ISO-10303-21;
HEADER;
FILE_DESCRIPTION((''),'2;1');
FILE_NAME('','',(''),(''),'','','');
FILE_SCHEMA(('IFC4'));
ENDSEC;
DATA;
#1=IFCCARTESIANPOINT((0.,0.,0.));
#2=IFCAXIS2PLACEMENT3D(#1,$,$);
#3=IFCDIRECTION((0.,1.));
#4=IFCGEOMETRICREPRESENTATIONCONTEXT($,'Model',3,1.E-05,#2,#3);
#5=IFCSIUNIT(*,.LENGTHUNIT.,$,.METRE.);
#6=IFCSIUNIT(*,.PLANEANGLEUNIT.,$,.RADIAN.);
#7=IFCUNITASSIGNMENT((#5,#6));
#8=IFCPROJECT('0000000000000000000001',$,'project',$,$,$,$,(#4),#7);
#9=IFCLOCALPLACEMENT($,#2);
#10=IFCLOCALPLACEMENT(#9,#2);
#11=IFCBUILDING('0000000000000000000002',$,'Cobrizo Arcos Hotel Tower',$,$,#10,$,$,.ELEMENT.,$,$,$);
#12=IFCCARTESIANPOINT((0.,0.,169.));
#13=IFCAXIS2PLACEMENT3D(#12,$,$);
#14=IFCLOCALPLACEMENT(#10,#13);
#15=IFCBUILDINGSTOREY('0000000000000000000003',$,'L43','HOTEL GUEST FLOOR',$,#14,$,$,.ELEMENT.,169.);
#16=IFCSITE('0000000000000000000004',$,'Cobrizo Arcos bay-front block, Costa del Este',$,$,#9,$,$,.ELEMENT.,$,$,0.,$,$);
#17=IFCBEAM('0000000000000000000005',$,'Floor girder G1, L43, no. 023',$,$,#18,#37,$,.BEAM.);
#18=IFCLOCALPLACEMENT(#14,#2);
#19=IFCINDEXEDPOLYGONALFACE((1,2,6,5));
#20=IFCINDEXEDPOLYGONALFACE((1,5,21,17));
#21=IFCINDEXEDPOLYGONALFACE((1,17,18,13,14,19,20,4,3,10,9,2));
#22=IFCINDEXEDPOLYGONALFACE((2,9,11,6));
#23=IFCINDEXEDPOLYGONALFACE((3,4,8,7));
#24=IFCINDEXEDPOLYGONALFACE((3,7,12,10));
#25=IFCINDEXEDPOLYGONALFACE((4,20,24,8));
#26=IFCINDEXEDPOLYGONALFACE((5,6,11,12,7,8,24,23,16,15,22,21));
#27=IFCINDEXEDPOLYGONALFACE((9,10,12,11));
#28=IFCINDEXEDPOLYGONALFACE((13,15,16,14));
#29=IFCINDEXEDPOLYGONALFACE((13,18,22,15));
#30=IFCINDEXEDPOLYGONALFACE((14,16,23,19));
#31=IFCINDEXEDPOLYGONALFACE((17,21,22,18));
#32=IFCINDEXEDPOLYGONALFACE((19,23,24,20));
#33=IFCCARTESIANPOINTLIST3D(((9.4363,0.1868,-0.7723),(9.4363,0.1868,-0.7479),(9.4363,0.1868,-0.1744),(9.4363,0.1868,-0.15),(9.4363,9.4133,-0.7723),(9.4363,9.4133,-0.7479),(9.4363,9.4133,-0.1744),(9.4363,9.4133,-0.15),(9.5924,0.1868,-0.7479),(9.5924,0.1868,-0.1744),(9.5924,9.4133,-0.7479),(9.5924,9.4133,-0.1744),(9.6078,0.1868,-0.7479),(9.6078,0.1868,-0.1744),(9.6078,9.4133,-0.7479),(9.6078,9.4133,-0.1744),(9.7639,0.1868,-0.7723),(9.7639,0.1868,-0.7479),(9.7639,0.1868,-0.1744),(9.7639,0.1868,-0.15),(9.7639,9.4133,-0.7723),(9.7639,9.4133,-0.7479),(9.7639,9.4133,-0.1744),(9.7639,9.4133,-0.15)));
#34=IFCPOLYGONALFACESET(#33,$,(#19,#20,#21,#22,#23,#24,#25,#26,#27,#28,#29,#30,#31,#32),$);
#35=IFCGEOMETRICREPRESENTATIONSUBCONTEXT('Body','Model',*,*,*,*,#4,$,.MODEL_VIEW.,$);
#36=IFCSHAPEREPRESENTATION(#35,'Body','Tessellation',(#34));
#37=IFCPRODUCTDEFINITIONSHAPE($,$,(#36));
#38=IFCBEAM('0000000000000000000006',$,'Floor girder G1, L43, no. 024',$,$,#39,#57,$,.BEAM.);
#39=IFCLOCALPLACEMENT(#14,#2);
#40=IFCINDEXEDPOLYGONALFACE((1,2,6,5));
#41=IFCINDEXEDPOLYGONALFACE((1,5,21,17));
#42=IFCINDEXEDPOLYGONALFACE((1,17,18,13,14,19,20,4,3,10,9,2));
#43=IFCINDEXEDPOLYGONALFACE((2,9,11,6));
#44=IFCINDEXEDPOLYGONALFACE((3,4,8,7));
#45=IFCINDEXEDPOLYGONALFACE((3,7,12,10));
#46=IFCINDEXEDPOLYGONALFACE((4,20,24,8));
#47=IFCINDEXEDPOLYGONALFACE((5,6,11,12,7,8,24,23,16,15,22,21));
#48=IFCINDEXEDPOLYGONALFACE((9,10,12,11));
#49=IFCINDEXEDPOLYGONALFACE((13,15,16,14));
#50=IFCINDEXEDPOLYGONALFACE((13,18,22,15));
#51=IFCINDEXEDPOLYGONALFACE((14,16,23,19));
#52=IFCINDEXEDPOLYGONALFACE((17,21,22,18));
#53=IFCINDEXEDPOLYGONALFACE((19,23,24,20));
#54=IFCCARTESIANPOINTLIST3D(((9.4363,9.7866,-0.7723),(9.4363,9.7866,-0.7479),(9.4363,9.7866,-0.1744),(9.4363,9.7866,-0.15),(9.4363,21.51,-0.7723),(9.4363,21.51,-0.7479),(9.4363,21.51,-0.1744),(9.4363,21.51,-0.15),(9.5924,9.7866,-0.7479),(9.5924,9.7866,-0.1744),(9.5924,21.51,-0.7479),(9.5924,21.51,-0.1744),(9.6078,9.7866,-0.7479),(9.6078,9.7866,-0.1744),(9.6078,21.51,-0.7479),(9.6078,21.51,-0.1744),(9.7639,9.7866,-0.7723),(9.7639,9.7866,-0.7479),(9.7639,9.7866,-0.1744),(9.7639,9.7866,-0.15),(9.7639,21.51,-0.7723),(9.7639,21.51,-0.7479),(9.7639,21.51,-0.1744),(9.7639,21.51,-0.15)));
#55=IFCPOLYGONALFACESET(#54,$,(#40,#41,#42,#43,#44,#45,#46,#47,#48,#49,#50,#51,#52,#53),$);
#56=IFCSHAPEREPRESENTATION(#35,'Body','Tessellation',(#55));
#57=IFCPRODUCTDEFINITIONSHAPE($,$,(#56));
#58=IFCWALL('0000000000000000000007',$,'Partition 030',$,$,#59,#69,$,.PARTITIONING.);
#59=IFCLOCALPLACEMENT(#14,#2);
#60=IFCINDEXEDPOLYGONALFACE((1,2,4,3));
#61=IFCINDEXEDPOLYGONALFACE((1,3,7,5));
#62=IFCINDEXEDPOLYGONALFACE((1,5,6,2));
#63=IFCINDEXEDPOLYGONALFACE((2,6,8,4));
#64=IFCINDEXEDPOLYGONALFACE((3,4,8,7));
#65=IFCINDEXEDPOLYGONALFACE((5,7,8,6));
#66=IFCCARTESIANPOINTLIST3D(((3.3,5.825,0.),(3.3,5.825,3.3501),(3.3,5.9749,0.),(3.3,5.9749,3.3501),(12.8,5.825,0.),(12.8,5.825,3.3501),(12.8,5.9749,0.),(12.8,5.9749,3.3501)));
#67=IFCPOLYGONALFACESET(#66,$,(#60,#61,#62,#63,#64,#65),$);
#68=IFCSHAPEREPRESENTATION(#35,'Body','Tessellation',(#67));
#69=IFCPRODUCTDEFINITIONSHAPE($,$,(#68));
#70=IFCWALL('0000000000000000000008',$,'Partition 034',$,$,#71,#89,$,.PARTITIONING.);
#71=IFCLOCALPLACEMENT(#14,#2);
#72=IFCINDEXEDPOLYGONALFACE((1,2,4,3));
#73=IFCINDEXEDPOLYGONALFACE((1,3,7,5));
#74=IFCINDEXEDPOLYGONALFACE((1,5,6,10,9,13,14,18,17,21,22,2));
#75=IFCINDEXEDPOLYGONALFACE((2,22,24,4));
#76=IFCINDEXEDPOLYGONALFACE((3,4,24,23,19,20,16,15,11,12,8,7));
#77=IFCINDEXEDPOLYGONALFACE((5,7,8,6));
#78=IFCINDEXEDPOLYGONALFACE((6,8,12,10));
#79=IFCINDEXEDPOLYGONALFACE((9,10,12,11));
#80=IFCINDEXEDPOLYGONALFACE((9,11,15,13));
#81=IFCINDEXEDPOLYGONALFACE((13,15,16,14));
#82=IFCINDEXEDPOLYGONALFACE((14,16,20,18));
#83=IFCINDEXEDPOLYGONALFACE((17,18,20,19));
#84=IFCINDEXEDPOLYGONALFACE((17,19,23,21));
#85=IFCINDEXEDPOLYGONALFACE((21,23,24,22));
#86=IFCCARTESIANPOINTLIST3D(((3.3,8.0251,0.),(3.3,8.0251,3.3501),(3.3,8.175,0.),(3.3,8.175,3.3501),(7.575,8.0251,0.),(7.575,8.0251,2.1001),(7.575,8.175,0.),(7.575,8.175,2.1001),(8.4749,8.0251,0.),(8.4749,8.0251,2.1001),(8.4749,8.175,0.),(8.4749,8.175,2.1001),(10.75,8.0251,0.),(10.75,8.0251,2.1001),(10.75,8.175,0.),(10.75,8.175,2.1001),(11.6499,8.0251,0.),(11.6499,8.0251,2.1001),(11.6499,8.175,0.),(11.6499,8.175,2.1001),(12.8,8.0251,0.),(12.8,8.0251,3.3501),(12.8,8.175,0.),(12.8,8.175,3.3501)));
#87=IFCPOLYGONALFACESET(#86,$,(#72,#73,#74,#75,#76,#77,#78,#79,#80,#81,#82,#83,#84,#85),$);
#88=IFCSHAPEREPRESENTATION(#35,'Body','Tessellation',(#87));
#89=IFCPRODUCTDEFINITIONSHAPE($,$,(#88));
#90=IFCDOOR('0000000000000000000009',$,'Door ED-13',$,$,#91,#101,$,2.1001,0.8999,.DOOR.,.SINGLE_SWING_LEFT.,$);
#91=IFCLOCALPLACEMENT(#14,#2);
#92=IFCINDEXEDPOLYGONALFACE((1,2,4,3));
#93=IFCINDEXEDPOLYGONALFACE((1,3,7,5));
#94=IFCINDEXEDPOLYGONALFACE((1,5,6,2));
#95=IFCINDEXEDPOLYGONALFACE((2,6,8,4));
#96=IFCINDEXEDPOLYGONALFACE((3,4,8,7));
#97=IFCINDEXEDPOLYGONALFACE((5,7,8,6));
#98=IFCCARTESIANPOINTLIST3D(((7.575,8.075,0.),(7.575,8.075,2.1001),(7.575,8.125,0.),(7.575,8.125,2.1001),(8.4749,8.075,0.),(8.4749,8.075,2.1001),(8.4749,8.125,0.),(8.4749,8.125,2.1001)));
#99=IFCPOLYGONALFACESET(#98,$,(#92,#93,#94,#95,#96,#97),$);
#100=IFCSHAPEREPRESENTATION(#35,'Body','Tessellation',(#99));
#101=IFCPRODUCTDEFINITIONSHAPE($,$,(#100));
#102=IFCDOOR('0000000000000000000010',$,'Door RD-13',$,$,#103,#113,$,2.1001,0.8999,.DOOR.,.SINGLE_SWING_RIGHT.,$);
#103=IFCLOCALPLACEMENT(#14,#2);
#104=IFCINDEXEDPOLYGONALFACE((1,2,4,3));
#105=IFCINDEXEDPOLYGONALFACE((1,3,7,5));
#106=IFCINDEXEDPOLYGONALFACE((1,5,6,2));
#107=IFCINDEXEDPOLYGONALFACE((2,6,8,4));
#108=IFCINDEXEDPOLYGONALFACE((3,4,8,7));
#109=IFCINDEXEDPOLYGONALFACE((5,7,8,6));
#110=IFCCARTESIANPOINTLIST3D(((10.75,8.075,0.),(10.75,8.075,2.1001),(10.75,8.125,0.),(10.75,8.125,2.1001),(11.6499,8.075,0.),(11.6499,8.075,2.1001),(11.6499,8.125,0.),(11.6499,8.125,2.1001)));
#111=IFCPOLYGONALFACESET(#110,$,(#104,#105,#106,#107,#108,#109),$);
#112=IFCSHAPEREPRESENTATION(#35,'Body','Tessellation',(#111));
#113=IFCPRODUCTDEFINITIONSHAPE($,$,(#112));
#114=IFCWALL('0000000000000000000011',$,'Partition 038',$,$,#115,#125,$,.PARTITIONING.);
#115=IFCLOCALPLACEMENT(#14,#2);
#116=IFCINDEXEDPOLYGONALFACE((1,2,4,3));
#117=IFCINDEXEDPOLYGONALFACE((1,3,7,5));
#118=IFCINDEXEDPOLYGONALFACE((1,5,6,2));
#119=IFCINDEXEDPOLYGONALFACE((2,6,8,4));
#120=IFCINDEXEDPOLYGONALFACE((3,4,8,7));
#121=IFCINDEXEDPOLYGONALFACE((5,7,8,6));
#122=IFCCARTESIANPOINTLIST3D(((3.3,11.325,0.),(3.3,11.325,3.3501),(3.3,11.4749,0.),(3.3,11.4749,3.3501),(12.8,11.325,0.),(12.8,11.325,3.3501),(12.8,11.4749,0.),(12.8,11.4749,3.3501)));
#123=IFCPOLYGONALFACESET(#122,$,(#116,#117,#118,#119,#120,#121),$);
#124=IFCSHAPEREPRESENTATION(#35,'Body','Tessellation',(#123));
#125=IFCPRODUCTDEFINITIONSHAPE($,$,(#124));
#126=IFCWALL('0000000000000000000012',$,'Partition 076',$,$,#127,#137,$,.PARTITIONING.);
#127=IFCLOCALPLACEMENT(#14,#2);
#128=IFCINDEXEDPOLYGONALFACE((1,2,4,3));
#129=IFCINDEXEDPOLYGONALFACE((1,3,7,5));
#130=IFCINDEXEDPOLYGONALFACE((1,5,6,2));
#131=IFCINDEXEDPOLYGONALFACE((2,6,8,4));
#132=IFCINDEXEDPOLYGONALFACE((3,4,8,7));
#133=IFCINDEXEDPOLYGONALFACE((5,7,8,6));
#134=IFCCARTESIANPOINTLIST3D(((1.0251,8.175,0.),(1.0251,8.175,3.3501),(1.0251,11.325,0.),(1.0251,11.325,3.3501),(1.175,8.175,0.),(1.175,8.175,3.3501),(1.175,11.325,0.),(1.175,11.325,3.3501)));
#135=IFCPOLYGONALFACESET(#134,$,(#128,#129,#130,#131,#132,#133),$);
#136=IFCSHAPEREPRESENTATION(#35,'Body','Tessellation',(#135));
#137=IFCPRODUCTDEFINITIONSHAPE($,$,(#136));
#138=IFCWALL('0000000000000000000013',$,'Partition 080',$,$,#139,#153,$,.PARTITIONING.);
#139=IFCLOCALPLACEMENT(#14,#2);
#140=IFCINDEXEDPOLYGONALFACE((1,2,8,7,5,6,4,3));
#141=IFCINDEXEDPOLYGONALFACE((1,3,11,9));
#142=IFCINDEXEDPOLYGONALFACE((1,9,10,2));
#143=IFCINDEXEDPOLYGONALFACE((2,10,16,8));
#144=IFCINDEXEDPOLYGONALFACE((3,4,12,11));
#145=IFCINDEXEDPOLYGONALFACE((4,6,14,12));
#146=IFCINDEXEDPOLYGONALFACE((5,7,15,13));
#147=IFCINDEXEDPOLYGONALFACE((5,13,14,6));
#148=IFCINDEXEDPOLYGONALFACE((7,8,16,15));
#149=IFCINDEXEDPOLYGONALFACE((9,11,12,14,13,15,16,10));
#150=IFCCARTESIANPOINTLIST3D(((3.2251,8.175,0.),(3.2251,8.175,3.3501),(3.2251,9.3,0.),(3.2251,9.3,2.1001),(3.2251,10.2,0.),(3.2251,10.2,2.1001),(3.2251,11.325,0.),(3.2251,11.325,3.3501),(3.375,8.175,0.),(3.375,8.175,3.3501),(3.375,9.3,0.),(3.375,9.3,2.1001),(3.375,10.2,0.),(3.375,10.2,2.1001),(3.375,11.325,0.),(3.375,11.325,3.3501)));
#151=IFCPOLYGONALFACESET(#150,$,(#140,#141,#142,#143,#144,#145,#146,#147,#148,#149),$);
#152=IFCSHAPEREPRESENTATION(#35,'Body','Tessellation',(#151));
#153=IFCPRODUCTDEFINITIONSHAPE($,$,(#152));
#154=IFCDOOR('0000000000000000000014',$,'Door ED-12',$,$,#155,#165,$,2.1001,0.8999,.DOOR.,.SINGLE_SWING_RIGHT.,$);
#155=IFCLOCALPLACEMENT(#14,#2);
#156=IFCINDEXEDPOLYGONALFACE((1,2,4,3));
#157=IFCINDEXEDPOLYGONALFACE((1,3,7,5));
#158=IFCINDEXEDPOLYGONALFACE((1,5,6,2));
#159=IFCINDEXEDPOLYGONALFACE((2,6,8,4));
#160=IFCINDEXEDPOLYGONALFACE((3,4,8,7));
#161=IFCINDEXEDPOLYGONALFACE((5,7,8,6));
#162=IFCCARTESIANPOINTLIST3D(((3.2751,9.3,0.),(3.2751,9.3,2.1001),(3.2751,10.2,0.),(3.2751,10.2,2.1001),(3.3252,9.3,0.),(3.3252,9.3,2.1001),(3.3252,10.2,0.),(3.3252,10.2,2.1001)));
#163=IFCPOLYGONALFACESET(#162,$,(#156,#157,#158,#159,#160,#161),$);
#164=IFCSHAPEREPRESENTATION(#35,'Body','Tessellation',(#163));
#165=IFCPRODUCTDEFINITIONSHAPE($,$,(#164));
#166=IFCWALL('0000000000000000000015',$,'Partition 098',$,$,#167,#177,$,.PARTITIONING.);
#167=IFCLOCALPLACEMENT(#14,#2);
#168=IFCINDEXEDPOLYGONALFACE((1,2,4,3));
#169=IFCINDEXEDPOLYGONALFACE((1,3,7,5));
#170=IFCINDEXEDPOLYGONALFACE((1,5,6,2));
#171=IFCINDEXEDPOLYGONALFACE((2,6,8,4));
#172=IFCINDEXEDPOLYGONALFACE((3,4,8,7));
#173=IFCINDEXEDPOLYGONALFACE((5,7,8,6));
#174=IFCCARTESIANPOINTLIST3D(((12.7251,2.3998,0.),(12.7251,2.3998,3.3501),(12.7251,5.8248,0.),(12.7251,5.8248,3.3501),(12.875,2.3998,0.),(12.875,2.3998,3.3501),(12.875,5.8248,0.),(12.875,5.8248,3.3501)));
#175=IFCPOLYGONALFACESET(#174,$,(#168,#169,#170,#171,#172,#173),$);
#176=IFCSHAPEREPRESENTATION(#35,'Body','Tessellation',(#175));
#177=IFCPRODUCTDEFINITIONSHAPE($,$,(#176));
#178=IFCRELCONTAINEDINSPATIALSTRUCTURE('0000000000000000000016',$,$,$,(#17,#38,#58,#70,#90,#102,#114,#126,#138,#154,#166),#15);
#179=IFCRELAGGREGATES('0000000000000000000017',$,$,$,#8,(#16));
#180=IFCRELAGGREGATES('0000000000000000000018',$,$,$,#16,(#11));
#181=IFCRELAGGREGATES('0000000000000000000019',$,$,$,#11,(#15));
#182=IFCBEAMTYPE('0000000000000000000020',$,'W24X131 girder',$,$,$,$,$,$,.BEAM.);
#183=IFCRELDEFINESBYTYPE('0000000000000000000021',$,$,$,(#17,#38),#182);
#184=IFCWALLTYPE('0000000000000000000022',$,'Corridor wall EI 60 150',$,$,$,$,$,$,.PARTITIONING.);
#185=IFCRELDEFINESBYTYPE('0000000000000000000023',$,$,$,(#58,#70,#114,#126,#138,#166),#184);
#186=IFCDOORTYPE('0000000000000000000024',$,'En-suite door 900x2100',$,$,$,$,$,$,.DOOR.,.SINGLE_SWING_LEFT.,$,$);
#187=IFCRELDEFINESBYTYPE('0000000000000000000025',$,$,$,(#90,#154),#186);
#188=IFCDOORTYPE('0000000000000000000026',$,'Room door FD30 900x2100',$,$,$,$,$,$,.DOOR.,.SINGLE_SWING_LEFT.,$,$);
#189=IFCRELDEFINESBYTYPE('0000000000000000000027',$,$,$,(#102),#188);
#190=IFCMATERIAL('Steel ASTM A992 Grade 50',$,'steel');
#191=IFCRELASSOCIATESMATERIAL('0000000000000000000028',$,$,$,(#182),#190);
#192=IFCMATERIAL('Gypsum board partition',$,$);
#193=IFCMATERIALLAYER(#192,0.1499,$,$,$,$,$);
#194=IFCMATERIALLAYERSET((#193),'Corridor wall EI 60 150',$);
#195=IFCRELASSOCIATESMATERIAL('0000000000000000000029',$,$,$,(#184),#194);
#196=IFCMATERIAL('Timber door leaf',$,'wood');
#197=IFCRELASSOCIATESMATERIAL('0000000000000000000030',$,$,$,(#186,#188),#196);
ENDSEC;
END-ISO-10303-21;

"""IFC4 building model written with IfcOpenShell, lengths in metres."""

from ifc_helpers import new_model, si_unit, direction, frame, frame_2d, origin, origin_2d, place, context, subcontext, project, spatial, rectangle, i_section, extrude, material, layer, layer_set, material_profile, profile_set, type_object, element, fill, save


model = new_model("IFC4")

# Units and contexts
model_context = context("Model", 3, precision=1e-05, world=origin(), true_north=direction((0.0, 1.0)))
body_context = subcontext(model_context, "Body", "Model", "MODEL_VIEW")
ifc_project = project(units=[si_unit("LENGTHUNIT", "METRE"), si_unit("PLANEANGLEUNIT", "RADIAN")], contexts=[model_context])

# Site, building, storey
site_placement = place(None, origin())
site = spatial("IfcSite", under=ifc_project, at=site_placement, Name="Cobrizo Arcos bay-front block, Costa del Este", CompositionType="ELEMENT", RefElevation=0.0)
building_placement = place(site_placement, origin())
building = spatial("IfcBuilding", under=site, at=building_placement, Name="Cobrizo Arcos Hotel Tower", CompositionType="ELEMENT")
storey_placement = place(building_placement, frame((0.0, 0.0, 169.0)))
storey = spatial("IfcBuildingStorey", under=building, at=storey_placement, Name="L43", Description="HOTEL GUEST FLOOR", CompositionType="ELEMENT", Elevation=169.0)

# Shared definitions
ifc_material_1 = material(Name="Steel ASTM A992 Grade 50", Category="steel")

# Beams
ifc_material_profile_1 = material_profile(ifc_material_1, i_section(OverallWidth=0.3276, OverallDepth=0.6223, WebThickness=0.0154, FlangeThickness=0.0244, at=origin_2d()), Name="W24X131")
ifc_profile_set_1 = profile_set([ifc_material_profile_1], Name="Steel ASTM A992 Grade 50")
beam_type_1 = type_object("IfcBeamType", Name="W24X131 girder", PredefinedType="BEAM", material=ifc_profile_set_1)
beam_1_placement = place(storey_placement, frame((9.6001, 0.1868, -0.4612), z_axis=(0.0, 1.0, 0.0), x_axis=(-1.0, 0.0, 0.0)))
element("IfcBeam", 1, at=beam_1_placement, inside=storey, type_object=beam_type_1, Name="Floor girder G1, L43, no. 023", PredefinedType="BEAM", context=body_context, shape_type="SweptSolid", body=[
    extrude(i_section(OverallWidth=0.3276, OverallDepth=0.6223, WebThickness=0.0154, FlangeThickness=0.0244, at=origin_2d()), origin(), (0.0, 0.0, 1.0), 9.2266),
])
beam_2_placement = place(storey_placement, frame((9.6001, 9.7866, -0.4612), z_axis=(0.0, 1.0, 0.0), x_axis=(-1.0, 0.0, 0.0)))
element("IfcBeam", 2, at=beam_2_placement, inside=storey, type_object=beam_type_1, Name="Floor girder G1, L43, no. 024", PredefinedType="BEAM", context=body_context, shape_type="SweptSolid", body=[
    extrude(i_section(OverallWidth=0.3276, OverallDepth=0.6223, WebThickness=0.0154, FlangeThickness=0.0244, at=origin_2d()), origin(), (0.0, 0.0, 1.0), 11.7234),
])

# Wall
ifc_material_2 = material(Name="Gypsum board partition")
ifc_layer_1 = layer(ifc_material_2, 0.1499)
ifc_layer_set_1 = layer_set([ifc_layer_1], Name="Corridor wall EI 60 150")
wall_type_1 = type_object("IfcWallType", Name="Corridor wall EI 60 150", PredefinedType="PARTITIONING", material=ifc_layer_set_1)
wall_1_placement = place(storey_placement, frame((3.3, 5.8999, 0.0), z_axis=(0.0, 0.0, 1.0), x_axis=(1.0, 0.0, 0.0)))
element("IfcWall", 3, at=wall_1_placement, inside=storey, type_object=wall_type_1, Name="Partition 030", PredefinedType="PARTITIONING", context=body_context, shape_type="SweptSolid", body=[
    extrude(rectangle(XDim=9.5, YDim=0.1499, at=frame_2d((4.75, 0.0))), origin(), (0.0, 0.0, 1.0), 3.3501),
])

# Wall, openings, doors
wall_2_placement = place(storey_placement, frame((3.3, 8.1001, 0.0), z_axis=(0.0, 0.0, 1.0), x_axis=(1.0, 0.0, 0.0)))
wall_2 = element("IfcWall", 4, at=wall_2_placement, inside=storey, type_object=wall_type_1, Name="Partition 034", PredefinedType="PARTITIONING", context=body_context, shape_type="SweptSolid", body=[
    extrude(rectangle(XDim=9.5, YDim=0.1499, at=frame_2d((4.75, 0.0))), origin(), (0.0, 0.0, 1.0), 3.3501),
])
opening_1_placement = place(wall_2_placement, frame((7.45, 0.0, 0.0)))
opening_1 = element("IfcOpeningElement", 5, at=opening_1_placement, cuts=wall_2, PredefinedType="OPENING", context=body_context, shape_type="SweptSolid", body=[
    extrude(rectangle(XDim=0.8999, YDim=2.1001, at=frame_2d((0.45, 1.05))), frame((0.0, 0.0869, 0.0), z_axis=(0.0, -1.0, 0.0), x_axis=(1.0, 0.0, 0.0)), (0.0, 0.0, 1.0), 0.1738),
])
opening_2_placement = place(wall_2_placement, frame((4.2749, 0.0, 0.0)))
opening_2 = element("IfcOpeningElement", 6, at=opening_2_placement, cuts=wall_2, PredefinedType="OPENING", context=body_context, shape_type="SweptSolid", body=[
    extrude(rectangle(XDim=0.8999, YDim=2.1001, at=frame_2d((0.45, 1.05))), frame((0.0, 0.0869, 0.0), z_axis=(0.0, -1.0, 0.0), x_axis=(1.0, 0.0, 0.0)), (0.0, 0.0, 1.0), 0.1738),
])
ifc_material_3 = material(Name="Timber door leaf", Category="wood")
door_type_1 = type_object("IfcDoorType", Name="En-suite door 900x2100", OperationType="SINGLE_SWING_LEFT", PredefinedType="DOOR", material=ifc_material_3)
door_1_placement = place(opening_2_placement, origin())
door_1 = element("IfcDoor", 7, at=door_1_placement, inside=storey, type_object=door_type_1, Name="Door ED-13", OperationType="SINGLE_SWING_LEFT", OverallHeight=2.1001, OverallWidth=0.8999, PredefinedType="DOOR", context=body_context, shape_type="SweptSolid", body=[
    extrude(rectangle(XDim=0.8999, YDim=2.1001, at=frame_2d((0.45, 1.05))), frame((0.0, 0.0249, 0.0), z_axis=(0.0, -1.0, 0.0), x_axis=(1.0, 0.0, 0.0)), (0.0, 0.0, 1.0), 0.05),
])
fill(opening_2, door_1)
door_type_2 = type_object("IfcDoorType", Name="Room door FD30 900x2100", OperationType="SINGLE_SWING_LEFT", PredefinedType="DOOR", material=ifc_material_3)
door_2_placement = place(opening_1_placement, origin())
door_2 = element("IfcDoor", 8, at=door_2_placement, inside=storey, type_object=door_type_2, Name="Door RD-13", OperationType="SINGLE_SWING_RIGHT", OverallHeight=2.1001, OverallWidth=0.8999, PredefinedType="DOOR", context=body_context, shape_type="SweptSolid", body=[
    extrude(rectangle(XDim=0.8999, YDim=2.1001, at=frame_2d((0.45, 1.05))), frame((0.0, 0.0249, 0.0), z_axis=(0.0, -1.0, 0.0), x_axis=(1.0, 0.0, 0.0)), (0.0, 0.0, 1.0), 0.05),
])
fill(opening_1, door_2)

# Walls
wall_3_placement = place(storey_placement, frame((3.3, 11.3999, 0.0), z_axis=(0.0, 0.0, 1.0), x_axis=(1.0, 0.0, 0.0)))
element("IfcWall", 9, at=wall_3_placement, inside=storey, type_object=wall_type_1, Name="Partition 038", PredefinedType="PARTITIONING", context=body_context, shape_type="SweptSolid", body=[
    extrude(rectangle(XDim=9.5, YDim=0.1499, at=frame_2d((4.75, 0.0))), origin(), (0.0, 0.0, 1.0), 3.3501),
])
wall_4_placement = place(storey_placement, frame((1.1001, 8.175, 0.0), z_axis=(0.0, 0.0, 1.0), x_axis=(0.0, 1.0, 0.0)))
element("IfcWall", 10, at=wall_4_placement, inside=storey, type_object=wall_type_1, Name="Partition 076", PredefinedType="PARTITIONING", context=body_context, shape_type="SweptSolid", body=[
    extrude(rectangle(XDim=3.1499, YDim=0.1499, at=frame_2d((1.575, 0.0))), origin(), (0.0, 0.0, 1.0), 3.3501),
])

# Wall, opening, door
wall_5_placement = place(storey_placement, frame((3.3, 8.175, 0.0), z_axis=(0.0, 0.0, 1.0), x_axis=(0.0, 1.0, 0.0)))
wall_5 = element("IfcWall", 11, at=wall_5_placement, inside=storey, type_object=wall_type_1, Name="Partition 080", PredefinedType="PARTITIONING", context=body_context, shape_type="SweptSolid", body=[
    extrude(rectangle(XDim=3.1499, YDim=0.1499, at=frame_2d((1.575, 0.0))), origin(), (0.0, 0.0, 1.0), 3.3501),
])
opening_3_placement = place(wall_5_placement, frame((1.125, 0.0, 0.0)))
opening_3 = element("IfcOpeningElement", 12, at=opening_3_placement, cuts=wall_5, PredefinedType="OPENING", context=body_context, shape_type="SweptSolid", body=[
    extrude(rectangle(XDim=0.8999, YDim=2.1001, at=frame_2d((0.45, 1.05))), frame((0.0, 0.0869, 0.0), z_axis=(0.0, -1.0, 0.0), x_axis=(1.0, 0.0, 0.0)), (0.0, 0.0, 1.0), 0.1738),
])
door_3_placement = place(opening_3_placement, origin())
door_3 = element("IfcDoor", 13, at=door_3_placement, inside=storey, type_object=door_type_1, Name="Door ED-12", OperationType="SINGLE_SWING_RIGHT", OverallHeight=2.1001, OverallWidth=0.8999, PredefinedType="DOOR", context=body_context, shape_type="SweptSolid", body=[
    extrude(rectangle(XDim=0.8999, YDim=2.1001, at=frame_2d((0.45, 1.05))), frame((0.0, 0.0249, 0.0), z_axis=(0.0, -1.0, 0.0), x_axis=(1.0, 0.0, 0.0)), (0.0, 0.0, 1.0), 0.05),
])
fill(opening_3, door_3)

# Wall
wall_6_placement = place(storey_placement, frame((12.8, 2.3999, 0.0), z_axis=(0.0, 0.0, 1.0), x_axis=(0.0, 1.0, 0.0)))
element("IfcWall", 14, at=wall_6_placement, inside=storey, type_object=wall_type_1, Name="Partition 098", PredefinedType="PARTITIONING", context=body_context, shape_type="SweptSolid", body=[
    extrude(rectangle(XDim=3.425, YDim=0.1499, at=frame_2d((1.7124, 0.0))), origin(), (0.0, 0.0, 1.0), 3.3501),
])

save(model, "model.ifc")
